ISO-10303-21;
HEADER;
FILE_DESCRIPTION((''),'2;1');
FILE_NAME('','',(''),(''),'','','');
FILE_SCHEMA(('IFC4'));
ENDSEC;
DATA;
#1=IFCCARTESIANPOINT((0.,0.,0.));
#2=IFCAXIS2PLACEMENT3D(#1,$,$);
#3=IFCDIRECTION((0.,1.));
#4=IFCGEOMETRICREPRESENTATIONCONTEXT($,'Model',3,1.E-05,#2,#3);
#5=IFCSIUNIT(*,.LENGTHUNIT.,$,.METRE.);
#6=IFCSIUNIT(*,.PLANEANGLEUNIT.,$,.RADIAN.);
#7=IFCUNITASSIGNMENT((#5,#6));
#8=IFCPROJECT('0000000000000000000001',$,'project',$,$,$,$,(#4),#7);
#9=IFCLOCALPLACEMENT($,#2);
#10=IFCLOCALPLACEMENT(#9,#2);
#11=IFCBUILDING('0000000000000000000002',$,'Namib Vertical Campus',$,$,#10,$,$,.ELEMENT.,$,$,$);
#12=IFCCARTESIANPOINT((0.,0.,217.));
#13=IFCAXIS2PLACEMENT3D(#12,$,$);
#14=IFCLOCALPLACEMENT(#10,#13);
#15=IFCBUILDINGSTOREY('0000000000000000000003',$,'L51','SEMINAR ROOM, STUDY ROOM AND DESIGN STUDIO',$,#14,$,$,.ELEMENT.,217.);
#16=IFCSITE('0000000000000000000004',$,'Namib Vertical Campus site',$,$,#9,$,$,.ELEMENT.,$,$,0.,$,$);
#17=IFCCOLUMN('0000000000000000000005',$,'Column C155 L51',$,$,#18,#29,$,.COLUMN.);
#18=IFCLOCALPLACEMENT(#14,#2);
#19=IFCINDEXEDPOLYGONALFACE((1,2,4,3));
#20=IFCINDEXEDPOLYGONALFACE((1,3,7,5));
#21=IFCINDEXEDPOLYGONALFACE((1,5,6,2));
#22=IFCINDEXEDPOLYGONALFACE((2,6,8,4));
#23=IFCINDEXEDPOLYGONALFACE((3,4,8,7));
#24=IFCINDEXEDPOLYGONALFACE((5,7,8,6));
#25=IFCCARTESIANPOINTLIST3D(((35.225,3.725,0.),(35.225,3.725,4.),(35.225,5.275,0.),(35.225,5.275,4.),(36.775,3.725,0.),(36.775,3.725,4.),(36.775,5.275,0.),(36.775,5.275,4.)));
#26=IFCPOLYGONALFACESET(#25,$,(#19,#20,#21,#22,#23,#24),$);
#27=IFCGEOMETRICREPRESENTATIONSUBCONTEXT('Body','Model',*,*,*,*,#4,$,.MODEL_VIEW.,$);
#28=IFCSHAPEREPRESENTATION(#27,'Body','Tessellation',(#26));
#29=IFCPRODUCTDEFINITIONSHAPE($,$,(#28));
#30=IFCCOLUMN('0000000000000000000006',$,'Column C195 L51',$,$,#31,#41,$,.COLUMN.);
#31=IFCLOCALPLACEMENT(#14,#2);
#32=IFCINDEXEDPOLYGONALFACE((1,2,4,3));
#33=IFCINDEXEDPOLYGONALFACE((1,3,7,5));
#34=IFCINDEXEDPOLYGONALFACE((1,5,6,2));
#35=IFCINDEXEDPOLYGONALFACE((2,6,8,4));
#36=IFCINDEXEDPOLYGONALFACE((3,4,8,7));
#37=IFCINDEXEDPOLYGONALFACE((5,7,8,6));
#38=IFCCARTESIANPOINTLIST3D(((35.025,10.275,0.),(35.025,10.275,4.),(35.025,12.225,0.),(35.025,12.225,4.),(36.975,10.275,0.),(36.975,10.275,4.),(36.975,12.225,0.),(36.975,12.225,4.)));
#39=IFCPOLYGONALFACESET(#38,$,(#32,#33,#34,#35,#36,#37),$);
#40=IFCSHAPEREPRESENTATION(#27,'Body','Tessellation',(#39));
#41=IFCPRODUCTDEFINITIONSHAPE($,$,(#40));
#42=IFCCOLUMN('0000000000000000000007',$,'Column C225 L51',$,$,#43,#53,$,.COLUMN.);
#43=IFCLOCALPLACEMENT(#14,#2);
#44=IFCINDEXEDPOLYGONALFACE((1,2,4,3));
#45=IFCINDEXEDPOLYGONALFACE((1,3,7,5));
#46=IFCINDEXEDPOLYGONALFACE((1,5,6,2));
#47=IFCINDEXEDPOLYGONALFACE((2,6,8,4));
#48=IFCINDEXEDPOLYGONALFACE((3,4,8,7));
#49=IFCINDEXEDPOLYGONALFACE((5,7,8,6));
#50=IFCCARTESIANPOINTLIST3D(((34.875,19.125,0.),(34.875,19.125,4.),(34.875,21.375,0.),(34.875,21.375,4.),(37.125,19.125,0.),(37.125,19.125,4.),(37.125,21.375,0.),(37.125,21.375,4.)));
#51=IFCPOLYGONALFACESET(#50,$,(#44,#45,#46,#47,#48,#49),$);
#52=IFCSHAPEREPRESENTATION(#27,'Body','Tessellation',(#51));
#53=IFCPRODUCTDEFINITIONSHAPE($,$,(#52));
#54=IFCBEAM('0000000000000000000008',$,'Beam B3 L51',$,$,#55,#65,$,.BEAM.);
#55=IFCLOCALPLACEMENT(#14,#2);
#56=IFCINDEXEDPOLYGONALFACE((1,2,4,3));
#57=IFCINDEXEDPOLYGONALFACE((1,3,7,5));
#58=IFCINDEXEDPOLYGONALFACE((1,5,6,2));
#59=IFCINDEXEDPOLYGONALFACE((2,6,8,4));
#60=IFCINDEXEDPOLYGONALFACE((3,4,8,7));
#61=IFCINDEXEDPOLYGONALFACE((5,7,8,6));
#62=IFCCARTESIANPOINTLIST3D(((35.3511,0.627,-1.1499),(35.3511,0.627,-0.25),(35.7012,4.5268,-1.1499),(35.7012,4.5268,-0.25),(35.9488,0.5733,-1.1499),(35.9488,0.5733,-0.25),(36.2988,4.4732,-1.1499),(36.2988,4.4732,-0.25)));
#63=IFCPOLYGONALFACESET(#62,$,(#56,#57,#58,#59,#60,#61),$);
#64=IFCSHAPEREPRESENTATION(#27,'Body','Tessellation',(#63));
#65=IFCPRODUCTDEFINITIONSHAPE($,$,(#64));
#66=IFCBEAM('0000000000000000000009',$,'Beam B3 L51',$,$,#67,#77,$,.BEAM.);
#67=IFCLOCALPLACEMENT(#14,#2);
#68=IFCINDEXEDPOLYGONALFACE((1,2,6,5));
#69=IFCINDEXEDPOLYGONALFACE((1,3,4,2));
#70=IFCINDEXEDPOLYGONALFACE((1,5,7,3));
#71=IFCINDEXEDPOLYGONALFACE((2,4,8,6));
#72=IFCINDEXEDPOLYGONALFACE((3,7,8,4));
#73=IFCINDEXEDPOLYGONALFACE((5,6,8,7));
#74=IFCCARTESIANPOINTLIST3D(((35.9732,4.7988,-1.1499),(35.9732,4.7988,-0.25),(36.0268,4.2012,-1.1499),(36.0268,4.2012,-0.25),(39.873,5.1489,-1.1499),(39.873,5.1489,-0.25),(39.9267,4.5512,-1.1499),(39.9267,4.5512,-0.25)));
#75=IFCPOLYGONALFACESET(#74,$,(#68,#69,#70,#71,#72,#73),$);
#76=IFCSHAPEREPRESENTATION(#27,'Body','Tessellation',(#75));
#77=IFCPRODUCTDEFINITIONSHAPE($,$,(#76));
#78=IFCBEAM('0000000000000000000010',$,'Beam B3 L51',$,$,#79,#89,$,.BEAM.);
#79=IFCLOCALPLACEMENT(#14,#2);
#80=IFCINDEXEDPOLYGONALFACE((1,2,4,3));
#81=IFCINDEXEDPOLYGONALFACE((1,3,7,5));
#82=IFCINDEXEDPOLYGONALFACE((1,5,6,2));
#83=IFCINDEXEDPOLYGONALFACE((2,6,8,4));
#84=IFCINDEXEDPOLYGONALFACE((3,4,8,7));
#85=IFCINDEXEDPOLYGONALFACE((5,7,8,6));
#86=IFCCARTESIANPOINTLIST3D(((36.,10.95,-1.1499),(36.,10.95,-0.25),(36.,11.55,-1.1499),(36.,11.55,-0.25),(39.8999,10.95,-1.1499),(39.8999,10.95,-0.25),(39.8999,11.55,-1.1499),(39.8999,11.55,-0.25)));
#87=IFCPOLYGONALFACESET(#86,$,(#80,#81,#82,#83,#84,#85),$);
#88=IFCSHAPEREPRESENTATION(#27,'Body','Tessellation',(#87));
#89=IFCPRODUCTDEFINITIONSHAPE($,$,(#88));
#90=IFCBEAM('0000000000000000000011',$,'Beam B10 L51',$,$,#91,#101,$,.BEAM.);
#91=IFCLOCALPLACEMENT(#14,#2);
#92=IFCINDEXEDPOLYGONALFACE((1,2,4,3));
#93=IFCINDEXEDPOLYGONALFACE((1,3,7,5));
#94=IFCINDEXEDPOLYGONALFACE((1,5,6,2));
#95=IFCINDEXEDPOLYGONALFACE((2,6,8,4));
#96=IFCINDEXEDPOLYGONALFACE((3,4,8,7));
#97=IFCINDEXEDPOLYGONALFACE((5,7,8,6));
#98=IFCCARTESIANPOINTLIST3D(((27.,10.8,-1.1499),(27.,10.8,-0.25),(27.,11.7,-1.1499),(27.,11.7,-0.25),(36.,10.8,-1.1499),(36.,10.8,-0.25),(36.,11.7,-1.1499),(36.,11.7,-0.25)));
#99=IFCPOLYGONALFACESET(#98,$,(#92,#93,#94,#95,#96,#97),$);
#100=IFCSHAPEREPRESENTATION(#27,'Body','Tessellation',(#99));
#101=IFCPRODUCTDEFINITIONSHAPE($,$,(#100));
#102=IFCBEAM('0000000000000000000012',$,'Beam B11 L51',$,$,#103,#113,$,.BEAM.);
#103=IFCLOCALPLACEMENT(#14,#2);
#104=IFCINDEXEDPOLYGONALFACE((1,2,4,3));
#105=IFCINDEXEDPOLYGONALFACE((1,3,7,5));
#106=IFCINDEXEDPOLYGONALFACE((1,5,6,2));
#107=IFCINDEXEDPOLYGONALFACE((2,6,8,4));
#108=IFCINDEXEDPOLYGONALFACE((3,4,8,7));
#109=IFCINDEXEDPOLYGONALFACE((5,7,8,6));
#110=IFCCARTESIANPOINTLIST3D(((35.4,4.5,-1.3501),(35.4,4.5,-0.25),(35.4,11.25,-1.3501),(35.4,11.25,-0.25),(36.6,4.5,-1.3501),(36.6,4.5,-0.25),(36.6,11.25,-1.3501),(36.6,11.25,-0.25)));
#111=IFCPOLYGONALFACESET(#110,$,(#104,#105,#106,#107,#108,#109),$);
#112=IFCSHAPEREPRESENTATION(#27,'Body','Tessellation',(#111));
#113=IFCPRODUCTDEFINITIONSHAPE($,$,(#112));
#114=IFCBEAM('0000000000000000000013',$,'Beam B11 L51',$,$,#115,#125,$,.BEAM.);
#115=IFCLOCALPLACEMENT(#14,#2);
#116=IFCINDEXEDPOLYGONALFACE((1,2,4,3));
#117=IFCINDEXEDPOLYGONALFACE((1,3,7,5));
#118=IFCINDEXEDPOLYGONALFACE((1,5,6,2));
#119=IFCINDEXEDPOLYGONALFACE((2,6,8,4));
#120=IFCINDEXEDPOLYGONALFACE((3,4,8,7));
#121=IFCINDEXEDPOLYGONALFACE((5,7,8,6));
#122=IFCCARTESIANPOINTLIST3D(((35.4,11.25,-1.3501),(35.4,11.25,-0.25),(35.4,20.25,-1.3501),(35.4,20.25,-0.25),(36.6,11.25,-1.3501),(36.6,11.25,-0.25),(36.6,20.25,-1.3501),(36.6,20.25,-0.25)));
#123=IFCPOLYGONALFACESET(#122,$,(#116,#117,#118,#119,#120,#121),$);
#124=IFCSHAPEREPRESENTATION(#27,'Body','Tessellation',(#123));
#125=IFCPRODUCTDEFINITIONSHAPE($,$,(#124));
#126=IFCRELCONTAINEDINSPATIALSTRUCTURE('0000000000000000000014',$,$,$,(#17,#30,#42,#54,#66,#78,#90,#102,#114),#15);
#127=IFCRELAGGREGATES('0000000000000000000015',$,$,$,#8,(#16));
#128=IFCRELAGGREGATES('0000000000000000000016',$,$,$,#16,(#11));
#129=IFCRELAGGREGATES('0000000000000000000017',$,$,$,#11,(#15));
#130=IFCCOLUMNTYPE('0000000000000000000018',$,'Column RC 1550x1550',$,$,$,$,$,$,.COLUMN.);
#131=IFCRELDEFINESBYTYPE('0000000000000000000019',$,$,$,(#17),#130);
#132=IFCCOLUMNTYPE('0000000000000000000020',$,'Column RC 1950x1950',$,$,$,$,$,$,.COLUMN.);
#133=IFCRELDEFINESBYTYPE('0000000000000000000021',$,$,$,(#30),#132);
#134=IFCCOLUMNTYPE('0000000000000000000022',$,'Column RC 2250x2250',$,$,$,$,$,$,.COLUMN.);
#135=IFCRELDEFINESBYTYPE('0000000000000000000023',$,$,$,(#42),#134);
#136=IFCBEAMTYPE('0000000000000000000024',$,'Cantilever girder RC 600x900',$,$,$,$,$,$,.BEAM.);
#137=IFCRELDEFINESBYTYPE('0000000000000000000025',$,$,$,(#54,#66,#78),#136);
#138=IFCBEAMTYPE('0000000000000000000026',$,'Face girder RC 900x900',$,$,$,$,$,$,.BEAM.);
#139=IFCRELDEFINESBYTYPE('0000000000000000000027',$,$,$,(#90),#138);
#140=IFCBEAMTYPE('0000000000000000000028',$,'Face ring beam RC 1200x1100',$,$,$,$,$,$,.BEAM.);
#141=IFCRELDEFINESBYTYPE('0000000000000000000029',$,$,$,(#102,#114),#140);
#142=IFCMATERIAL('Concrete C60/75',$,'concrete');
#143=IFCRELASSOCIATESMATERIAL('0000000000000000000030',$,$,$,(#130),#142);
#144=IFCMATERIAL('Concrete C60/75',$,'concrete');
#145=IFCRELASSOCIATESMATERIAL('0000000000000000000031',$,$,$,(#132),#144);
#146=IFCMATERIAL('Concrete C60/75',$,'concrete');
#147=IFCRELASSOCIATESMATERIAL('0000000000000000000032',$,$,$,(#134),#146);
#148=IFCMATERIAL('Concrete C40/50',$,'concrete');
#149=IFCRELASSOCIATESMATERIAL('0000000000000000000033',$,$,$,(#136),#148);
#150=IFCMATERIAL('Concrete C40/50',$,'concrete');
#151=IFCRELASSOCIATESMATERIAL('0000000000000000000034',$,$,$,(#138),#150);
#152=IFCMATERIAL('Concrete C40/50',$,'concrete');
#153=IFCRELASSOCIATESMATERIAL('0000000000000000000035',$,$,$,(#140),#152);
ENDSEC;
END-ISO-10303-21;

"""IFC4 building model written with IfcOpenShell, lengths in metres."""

from ifc_helpers import new_model, si_unit, direction, frame, origin, origin_2d, place, context, subcontext, project, spatial, rectangle, extrude, material, material_profile, profile_set, type_object, element, save


model = new_model("IFC4")

# Units and contexts
model_context = context("Model", 3, precision=1e-05, world=origin(), true_north=direction((0.0, 1.0)))
body_context = subcontext(model_context, "Body", "Model", "MODEL_VIEW")
ifc_project = project(units=[si_unit("LENGTHUNIT", "METRE"), si_unit("PLANEANGLEUNIT", "RADIAN")], contexts=[model_context])

# Site, building, storey
site_placement = place(None, origin())
site = spatial("IfcSite", under=ifc_project, at=site_placement, Name="Namib Vertical Campus site", CompositionType="ELEMENT", RefElevation=0.0)
building_placement = place(site_placement, origin())
building = spatial("IfcBuilding", under=site, at=building_placement, Name="Namib Vertical Campus", CompositionType="ELEMENT")
storey_placement = place(building_placement, frame((0.0, 0.0, 217.0)))
storey = spatial("IfcBuildingStorey", under=building, at=storey_placement, Name="L51", Description="SEMINAR ROOM, STUDY ROOM AND DESIGN STUDIO", CompositionType="ELEMENT", Elevation=217.0)

# Columns
ifc_material_1 = material(Name="Concrete C60/75", Category="concrete")
ifc_material_profile_1 = material_profile(ifc_material_1, rectangle(XDim=1.55, YDim=1.55, at=origin_2d()))
ifc_profile_set_1 = profile_set([ifc_material_profile_1], Name="Concrete C60/75")
column_type_1 = type_object("IfcColumnType", Name="Column RC 1550x1550", PredefinedType="COLUMN", material=ifc_profile_set_1)
column_1_placement = place(storey_placement, frame((36.0, 4.5, 0.0), z_axis=(0.0, 0.0, 1.0), x_axis=(1.0, 0.0, 0.0)))
element("IfcColumn", 1, at=column_1_placement, inside=storey, type_object=column_type_1, Name="Column C155 L51", PredefinedType="COLUMN", context=body_context, shape_type="SweptSolid", body=[
    extrude(rectangle(XDim=1.55, YDim=1.55, at=origin_2d()), origin(), (0.0, 0.0, 1.0), 4.0),
])
ifc_material_2 = material(Name="Concrete C60/75", Category="concrete")
ifc_material_profile_2 = material_profile(ifc_material_2, rectangle(XDim=1.95, YDim=1.95, at=origin_2d()))
ifc_profile_set_2 = profile_set([ifc_material_profile_2], Name="Concrete C60/75")
column_type_2 = type_object("IfcColumnType", Name="Column RC 1950x1950", PredefinedType="COLUMN", material=ifc_profile_set_2)
column_2_placement = place(storey_placement, frame((36.0, 11.25, 0.0), z_axis=(0.0, 0.0, 1.0), x_axis=(1.0, 0.0, 0.0)))
element("IfcColumn", 2, at=column_2_placement, inside=storey, type_object=column_type_2, Name="Column C195 L51", PredefinedType="COLUMN", context=body_context, shape_type="SweptSolid", body=[
    extrude(rectangle(XDim=1.95, YDim=1.95, at=origin_2d()), origin(), (0.0, 0.0, 1.0), 4.0),
])
ifc_material_3 = material(Name="Concrete C60/75", Category="concrete")
ifc_material_profile_3 = material_profile(ifc_material_3, rectangle(XDim=2.25, YDim=2.25, at=origin_2d()))
ifc_profile_set_3 = profile_set([ifc_material_profile_3], Name="Concrete C60/75")
column_type_3 = type_object("IfcColumnType", Name="Column RC 2250x2250", PredefinedType="COLUMN", material=ifc_profile_set_3)
column_3_placement = place(storey_placement, frame((36.0, 20.25, 0.0), z_axis=(0.0, 0.0, 1.0), x_axis=(1.0, 0.0, 0.0)))
element("IfcColumn", 3, at=column_3_placement, inside=storey, type_object=column_type_3, Name="Column C225 L51", PredefinedType="COLUMN", context=body_context, shape_type="SweptSolid", body=[
    extrude(rectangle(XDim=2.25, YDim=2.25, at=origin_2d()), origin(), (0.0, 0.0, 1.0), 4.0),
])

# Beams
ifc_material_4 = material(Name="Concrete C40/50", Category="concrete")
ifc_material_profile_4 = material_profile(ifc_material_4, rectangle(XDim=0.6001, YDim=0.8999, at=origin_2d()))
ifc_profile_set_4 = profile_set([ifc_material_profile_4], Name="Concrete C40/50")
beam_type_1 = type_object("IfcBeamType", Name="Cantilever girder RC 600x900", PredefinedType="BEAM", material=ifc_profile_set_4)
for number, where, z_axis, x_axis, name in (
    (4, (36.0, 4.5, -0.7), (-0.089411, -0.995995, 0.0), (0.995995, -0.089411, 0.0), "Beam B3 L51"),
    (5, (36.0, 4.5, -0.7), (0.995995, 0.089411, 0.0), (-0.089411, 0.995995, 0.0), "Beam B3 L51"),
):
    element("IfcBeam", number, at=place(storey_placement, frame(where, z_axis=z_axis, x_axis=x_axis)), inside=storey, type_object=beam_type_1, Name=name, PredefinedType="BEAM", context=body_context, shape_type="SweptSolid", body=[
        extrude(rectangle(XDim=0.6001, YDim=0.8999, at=origin_2d()), origin(), (0.0, 0.0, 1.0), 3.9155),
    ])
beam_1_placement = place(storey_placement, frame((36.0, 11.25, -0.7), z_axis=(1.0, 0.0, 0.0), x_axis=(0.0, 1.0, 0.0)))
element("IfcBeam", 6, at=beam_1_placement, inside=storey, type_object=beam_type_1, Name="Beam B3 L51", PredefinedType="BEAM", context=body_context, shape_type="SweptSolid", body=[
    extrude(rectangle(XDim=0.6001, YDim=0.8999, at=origin_2d()), origin(), (0.0, 0.0, 1.0), 3.8999),
])
ifc_material_5 = material(Name="Concrete C40/50", Category="concrete")
ifc_material_profile_5 = material_profile(ifc_material_5, rectangle(XDim=0.8999, YDim=0.8999, at=origin_2d()))
ifc_profile_set_5 = profile_set([ifc_material_profile_5], Name="Concrete C40/50")
beam_type_2 = type_object("IfcBeamType", Name="Face girder RC 900x900", PredefinedType="BEAM", material=ifc_profile_set_5)
beam_2_placement = place(storey_placement, frame((36.0, 11.25, -0.7), z_axis=(-1.0, 0.0, 0.0), x_axis=(0.0, -1.0, 0.0)))
element("IfcBeam", 7, at=beam_2_placement, inside=storey, type_object=beam_type_2, Name="Beam B10 L51", PredefinedType="BEAM", context=body_context, shape_type="SweptSolid", body=[
    extrude(rectangle(XDim=0.8999, YDim=0.8999, at=origin_2d()), origin(), (0.0, 0.0, 1.0), 9.0),
])
ifc_material_6 = material(Name="Concrete C40/50", Category="concrete")
ifc_material_profile_6 = material_profile(ifc_material_6, rectangle(XDim=1.2, YDim=1.1001, at=origin_2d()))
ifc_profile_set_6 = profile_set([ifc_material_profile_6], Name="Concrete C40/50")
beam_type_3 = type_object("IfcBeamType", Name="Face ring beam RC 1200x1100", PredefinedType="BEAM", material=ifc_profile_set_6)
beam_3_placement = place(storey_placement, frame((36.0, 4.5, -0.8), z_axis=(0.0, 1.0, 0.0), x_axis=(-1.0, 0.0, 0.0)))
element("IfcBeam", 8, at=beam_3_placement, inside=storey, type_object=beam_type_3, Name="Beam B11 L51", PredefinedType="BEAM", context=body_context, shape_type="SweptSolid", body=[
    extrude(rectangle(XDim=1.2, YDim=1.1001, at=origin_2d()), origin(), (0.0, 0.0, 1.0), 6.75),
])
beam_4_placement = place(storey_placement, frame((36.0, 11.25, -0.8), z_axis=(0.0, 1.0, 0.0), x_axis=(-1.0, 0.0, 0.0)))
element("IfcBeam", 9, at=beam_4_placement, inside=storey, type_object=beam_type_3, Name="Beam B11 L51", PredefinedType="BEAM", context=body_context, shape_type="SweptSolid", body=[
    extrude(rectangle(XDim=1.2, YDim=1.1001, at=origin_2d()), origin(), (0.0, 0.0, 1.0), 9.0),
])

save(model, "model.ifc")
